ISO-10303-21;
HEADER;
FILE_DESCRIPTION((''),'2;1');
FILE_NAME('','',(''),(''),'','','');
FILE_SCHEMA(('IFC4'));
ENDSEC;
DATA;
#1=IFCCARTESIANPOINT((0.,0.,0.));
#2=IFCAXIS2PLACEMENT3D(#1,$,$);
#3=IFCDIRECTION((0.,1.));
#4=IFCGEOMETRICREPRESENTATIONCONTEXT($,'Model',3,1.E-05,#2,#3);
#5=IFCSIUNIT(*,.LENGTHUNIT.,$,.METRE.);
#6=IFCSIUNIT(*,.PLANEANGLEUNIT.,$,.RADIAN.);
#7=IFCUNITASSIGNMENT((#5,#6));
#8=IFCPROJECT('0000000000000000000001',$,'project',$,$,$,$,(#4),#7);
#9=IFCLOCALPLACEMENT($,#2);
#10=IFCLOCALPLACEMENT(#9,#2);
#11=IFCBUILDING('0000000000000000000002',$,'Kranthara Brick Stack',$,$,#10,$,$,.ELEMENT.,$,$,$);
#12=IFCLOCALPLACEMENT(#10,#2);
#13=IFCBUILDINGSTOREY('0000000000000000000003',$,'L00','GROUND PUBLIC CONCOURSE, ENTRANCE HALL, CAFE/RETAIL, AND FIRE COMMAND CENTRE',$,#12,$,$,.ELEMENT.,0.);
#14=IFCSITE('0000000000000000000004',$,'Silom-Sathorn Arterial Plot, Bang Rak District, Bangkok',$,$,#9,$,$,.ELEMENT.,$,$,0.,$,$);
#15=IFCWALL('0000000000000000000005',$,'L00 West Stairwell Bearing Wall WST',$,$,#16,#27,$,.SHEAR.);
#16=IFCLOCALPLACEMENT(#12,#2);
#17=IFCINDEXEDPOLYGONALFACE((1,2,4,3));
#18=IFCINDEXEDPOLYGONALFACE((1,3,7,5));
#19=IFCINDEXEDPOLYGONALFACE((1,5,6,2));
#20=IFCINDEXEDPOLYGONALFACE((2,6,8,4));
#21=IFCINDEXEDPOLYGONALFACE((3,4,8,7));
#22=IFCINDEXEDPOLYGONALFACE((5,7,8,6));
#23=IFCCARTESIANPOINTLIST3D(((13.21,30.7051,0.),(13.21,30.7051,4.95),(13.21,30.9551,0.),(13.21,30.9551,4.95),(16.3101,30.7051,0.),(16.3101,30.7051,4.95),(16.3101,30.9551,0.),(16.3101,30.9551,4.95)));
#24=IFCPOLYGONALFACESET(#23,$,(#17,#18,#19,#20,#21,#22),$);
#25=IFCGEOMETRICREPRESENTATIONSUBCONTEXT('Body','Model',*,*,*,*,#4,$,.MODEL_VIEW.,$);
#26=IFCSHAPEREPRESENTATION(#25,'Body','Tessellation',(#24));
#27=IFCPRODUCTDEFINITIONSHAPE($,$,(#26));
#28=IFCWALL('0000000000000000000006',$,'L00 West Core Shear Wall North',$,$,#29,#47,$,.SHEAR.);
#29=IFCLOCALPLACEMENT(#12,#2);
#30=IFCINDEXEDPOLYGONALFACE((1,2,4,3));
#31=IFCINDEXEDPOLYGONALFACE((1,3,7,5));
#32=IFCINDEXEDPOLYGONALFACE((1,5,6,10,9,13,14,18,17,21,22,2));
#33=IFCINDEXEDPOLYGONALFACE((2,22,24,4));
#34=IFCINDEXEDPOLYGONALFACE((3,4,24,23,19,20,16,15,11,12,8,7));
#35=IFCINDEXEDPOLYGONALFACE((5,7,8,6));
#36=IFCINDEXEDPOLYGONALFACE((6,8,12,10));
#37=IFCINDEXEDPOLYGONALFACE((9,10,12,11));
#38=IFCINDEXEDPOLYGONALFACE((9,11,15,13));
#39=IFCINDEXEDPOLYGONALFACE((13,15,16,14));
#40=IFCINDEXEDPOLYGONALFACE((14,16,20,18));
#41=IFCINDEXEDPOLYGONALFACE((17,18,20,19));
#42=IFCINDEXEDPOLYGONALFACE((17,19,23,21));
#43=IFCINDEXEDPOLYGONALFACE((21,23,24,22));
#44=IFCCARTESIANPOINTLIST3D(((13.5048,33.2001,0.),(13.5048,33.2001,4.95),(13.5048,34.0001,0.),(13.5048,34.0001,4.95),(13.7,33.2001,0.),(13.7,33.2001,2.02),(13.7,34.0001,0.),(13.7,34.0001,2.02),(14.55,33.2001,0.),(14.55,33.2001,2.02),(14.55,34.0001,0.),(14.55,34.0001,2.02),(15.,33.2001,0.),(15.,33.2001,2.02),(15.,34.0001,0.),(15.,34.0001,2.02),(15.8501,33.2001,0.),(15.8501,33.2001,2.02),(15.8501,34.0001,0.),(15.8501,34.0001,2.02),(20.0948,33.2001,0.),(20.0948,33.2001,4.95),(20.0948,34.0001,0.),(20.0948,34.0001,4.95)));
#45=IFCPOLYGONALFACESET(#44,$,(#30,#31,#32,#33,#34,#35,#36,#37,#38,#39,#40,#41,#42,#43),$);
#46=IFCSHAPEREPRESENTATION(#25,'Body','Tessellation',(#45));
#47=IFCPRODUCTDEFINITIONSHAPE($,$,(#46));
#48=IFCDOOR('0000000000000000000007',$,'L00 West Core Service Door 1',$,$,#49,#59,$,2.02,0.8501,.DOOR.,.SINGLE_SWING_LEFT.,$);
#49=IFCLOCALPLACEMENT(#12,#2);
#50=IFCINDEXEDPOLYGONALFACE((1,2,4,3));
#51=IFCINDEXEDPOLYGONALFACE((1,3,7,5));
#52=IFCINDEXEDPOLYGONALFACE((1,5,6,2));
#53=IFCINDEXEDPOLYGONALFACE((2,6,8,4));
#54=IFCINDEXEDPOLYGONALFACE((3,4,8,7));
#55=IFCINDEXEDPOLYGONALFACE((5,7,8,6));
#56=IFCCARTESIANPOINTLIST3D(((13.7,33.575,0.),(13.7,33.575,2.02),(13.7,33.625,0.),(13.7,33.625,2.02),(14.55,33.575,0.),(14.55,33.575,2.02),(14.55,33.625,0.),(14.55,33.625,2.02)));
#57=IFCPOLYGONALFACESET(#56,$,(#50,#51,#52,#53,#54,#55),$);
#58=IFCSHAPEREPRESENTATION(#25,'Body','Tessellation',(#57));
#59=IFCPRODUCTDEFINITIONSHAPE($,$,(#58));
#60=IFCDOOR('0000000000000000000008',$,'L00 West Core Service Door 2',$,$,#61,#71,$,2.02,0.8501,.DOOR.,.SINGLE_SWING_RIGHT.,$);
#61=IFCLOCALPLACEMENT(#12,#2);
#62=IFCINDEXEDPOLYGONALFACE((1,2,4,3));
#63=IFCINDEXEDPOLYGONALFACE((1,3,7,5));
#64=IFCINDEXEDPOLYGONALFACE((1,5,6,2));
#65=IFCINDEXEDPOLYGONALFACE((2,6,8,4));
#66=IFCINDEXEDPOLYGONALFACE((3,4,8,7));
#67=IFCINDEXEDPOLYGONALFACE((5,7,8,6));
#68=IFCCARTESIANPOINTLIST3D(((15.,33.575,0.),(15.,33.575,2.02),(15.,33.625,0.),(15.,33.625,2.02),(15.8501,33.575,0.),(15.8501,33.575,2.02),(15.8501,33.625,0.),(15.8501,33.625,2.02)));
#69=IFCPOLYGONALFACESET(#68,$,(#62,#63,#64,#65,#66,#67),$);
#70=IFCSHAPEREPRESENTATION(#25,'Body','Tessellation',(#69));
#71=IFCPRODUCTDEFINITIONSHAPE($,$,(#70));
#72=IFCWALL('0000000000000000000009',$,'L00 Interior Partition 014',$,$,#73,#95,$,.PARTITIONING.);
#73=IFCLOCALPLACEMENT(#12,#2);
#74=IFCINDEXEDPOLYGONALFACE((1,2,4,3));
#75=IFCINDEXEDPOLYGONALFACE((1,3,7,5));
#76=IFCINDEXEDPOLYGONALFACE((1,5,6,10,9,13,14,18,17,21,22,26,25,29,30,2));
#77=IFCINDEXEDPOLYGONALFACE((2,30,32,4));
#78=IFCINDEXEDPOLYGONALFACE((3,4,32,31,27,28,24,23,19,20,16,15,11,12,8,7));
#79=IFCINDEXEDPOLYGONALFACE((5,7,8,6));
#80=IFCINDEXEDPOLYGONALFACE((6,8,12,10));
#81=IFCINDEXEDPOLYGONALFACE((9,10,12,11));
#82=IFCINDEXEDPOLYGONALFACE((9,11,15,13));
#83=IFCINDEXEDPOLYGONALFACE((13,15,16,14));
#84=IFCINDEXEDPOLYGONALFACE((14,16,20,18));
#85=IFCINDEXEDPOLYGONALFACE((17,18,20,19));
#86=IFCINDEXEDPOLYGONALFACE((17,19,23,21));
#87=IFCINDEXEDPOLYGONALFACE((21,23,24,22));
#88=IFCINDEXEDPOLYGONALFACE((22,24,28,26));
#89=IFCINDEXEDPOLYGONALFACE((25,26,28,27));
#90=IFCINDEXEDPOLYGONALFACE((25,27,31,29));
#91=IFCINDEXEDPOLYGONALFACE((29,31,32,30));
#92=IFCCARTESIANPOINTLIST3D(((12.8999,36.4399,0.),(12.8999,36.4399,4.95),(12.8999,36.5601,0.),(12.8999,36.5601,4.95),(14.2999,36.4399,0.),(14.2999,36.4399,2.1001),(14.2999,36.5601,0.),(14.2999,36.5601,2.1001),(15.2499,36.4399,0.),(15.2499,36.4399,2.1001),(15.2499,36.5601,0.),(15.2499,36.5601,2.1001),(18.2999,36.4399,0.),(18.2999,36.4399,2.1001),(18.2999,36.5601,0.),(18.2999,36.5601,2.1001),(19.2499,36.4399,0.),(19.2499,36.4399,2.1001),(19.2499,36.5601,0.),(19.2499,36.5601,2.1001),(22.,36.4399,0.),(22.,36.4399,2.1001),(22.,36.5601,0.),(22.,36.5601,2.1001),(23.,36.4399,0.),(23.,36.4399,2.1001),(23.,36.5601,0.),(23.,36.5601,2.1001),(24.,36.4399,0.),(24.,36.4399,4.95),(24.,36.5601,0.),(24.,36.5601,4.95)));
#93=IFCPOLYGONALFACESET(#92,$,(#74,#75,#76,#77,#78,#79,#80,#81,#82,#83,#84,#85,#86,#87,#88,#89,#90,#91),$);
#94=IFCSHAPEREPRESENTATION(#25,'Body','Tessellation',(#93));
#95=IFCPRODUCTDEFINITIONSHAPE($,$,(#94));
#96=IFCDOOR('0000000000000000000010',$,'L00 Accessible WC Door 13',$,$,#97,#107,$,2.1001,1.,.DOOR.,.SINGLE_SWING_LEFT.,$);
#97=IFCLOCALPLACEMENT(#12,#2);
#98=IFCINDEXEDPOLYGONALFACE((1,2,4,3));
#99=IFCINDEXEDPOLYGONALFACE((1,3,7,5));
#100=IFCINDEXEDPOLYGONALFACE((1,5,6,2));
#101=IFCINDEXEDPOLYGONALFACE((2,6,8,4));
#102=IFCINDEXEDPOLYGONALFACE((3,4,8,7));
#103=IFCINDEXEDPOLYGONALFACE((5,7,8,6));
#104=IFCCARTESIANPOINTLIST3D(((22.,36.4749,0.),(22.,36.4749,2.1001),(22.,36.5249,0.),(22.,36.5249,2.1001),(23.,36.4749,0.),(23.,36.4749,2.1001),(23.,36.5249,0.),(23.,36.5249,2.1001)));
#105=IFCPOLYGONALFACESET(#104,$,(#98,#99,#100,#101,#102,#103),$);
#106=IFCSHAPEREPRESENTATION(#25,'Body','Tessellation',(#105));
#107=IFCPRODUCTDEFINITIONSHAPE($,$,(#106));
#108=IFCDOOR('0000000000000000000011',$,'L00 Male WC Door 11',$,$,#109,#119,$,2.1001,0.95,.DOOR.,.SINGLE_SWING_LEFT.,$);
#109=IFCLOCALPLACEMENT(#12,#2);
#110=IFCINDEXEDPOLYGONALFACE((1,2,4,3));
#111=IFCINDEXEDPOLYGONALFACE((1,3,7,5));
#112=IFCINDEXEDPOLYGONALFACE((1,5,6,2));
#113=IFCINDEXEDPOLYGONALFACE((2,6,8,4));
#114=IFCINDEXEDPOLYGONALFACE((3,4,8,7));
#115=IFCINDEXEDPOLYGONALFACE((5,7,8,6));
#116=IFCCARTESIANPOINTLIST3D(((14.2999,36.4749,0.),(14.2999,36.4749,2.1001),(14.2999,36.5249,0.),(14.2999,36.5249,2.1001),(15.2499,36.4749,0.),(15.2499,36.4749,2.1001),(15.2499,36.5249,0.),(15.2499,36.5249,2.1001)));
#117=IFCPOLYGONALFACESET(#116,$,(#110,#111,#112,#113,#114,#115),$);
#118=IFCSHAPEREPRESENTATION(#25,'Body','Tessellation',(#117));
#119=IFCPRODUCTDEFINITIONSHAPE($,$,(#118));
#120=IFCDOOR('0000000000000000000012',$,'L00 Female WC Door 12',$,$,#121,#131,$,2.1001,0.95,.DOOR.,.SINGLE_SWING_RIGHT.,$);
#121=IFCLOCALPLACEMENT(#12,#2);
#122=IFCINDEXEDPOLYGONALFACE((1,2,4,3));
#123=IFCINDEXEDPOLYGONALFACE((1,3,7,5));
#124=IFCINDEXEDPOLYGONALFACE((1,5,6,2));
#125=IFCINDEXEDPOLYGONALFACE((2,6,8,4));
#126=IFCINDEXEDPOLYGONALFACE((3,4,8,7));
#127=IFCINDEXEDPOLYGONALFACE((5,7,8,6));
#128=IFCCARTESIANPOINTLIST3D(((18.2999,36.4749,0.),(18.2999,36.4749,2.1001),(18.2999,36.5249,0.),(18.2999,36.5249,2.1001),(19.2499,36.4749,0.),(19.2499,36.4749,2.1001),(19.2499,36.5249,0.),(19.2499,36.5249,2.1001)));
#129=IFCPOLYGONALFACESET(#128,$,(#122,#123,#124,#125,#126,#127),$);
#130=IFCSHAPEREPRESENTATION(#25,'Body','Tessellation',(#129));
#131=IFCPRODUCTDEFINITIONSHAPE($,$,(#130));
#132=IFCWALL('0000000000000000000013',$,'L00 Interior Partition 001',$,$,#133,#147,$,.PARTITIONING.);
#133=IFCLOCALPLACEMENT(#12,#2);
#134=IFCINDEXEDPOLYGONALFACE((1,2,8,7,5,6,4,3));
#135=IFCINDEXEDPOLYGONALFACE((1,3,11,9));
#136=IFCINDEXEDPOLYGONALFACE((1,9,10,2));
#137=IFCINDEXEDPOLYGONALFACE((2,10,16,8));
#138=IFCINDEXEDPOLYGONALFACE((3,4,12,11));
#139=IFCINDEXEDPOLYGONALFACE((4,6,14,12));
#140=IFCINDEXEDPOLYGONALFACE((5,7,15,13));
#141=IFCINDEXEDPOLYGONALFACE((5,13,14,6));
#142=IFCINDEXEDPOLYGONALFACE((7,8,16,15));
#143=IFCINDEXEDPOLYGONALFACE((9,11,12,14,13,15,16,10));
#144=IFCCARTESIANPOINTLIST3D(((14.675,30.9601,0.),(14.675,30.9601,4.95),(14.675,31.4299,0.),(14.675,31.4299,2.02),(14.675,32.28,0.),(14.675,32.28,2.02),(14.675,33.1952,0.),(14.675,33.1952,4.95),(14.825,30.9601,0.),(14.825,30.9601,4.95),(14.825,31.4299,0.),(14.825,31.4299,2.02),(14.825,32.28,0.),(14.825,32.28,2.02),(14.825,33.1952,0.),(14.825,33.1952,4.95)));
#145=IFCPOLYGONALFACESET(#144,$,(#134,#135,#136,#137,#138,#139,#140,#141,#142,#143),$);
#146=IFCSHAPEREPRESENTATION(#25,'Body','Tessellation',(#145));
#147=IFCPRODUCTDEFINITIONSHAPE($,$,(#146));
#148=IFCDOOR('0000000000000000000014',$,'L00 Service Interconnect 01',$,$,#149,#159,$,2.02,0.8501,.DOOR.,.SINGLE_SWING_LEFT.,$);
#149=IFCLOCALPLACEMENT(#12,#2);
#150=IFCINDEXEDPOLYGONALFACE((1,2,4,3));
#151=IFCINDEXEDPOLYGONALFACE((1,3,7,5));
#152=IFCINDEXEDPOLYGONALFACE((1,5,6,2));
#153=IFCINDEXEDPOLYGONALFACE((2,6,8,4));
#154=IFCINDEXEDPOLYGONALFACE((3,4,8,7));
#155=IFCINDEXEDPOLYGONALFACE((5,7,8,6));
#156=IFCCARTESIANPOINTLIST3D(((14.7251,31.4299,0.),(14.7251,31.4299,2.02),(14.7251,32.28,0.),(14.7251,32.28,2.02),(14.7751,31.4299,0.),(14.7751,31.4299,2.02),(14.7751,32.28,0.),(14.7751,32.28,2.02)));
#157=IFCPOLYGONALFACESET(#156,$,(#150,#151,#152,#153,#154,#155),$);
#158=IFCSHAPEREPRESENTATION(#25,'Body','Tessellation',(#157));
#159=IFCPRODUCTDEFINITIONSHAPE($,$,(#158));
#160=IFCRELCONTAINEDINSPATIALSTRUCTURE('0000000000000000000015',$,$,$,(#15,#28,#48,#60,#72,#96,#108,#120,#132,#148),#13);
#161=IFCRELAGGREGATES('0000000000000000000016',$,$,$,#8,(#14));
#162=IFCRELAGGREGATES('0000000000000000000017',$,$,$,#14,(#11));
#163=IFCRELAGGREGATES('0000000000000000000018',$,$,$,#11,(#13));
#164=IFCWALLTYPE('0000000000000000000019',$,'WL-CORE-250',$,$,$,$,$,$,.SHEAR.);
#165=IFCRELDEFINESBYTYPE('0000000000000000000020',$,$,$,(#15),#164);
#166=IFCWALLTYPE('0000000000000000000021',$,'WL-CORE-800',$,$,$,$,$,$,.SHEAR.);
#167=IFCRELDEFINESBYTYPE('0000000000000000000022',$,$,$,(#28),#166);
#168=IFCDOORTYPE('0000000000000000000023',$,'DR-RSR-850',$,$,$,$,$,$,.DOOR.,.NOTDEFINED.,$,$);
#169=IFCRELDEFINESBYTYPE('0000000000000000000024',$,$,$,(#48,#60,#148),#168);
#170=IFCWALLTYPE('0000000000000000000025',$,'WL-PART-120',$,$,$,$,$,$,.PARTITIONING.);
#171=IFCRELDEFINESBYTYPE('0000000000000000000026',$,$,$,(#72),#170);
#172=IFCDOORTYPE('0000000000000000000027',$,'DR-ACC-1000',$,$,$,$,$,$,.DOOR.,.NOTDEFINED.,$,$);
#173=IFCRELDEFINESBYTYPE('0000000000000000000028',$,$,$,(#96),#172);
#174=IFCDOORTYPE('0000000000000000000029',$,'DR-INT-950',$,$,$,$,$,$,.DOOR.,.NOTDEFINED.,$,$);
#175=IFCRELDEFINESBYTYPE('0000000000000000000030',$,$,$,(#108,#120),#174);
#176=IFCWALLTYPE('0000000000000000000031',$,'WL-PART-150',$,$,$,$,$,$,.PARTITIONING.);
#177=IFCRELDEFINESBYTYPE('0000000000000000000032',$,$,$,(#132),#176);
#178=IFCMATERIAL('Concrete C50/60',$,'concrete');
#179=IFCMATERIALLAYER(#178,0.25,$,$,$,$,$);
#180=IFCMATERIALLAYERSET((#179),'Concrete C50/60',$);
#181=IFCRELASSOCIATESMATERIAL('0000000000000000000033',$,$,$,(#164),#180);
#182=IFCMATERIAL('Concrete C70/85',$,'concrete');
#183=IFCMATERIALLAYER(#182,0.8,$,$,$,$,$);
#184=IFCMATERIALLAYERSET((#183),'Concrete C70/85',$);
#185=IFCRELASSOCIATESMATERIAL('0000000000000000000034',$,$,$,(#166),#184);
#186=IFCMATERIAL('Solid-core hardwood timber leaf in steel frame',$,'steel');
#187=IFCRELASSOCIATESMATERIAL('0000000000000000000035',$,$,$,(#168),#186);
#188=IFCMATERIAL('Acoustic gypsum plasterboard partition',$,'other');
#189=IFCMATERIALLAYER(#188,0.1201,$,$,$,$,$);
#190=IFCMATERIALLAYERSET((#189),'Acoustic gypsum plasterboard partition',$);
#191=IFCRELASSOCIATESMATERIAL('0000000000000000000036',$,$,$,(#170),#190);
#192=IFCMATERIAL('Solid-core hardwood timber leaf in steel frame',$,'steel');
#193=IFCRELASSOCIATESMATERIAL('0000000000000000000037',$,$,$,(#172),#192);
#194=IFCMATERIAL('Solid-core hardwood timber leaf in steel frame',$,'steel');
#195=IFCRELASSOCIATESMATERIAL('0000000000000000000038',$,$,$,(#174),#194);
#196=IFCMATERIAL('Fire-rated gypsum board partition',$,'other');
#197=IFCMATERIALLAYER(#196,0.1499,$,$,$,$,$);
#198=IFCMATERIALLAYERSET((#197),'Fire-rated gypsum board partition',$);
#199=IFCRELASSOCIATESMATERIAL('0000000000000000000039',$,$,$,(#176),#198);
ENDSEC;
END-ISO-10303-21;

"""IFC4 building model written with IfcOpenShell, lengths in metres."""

from ifc_helpers import new_model, si_unit, direction, frame, frame_2d, origin, place, context, subcontext, project, spatial, rectangle, extrude, material, layer, layer_set, type_object, element, fill, save


model = new_model("IFC4")

# Units and contexts
model_context = context("Model", 3, precision=1e-05, world=origin(), true_north=direction((0.0, 1.0)))
body_context = subcontext(model_context, "Body", "Model", "MODEL_VIEW")
ifc_project = project(units=[si_unit("LENGTHUNIT", "METRE"), si_unit("PLANEANGLEUNIT", "RADIAN")], contexts=[model_context])

# Site, building, storey
site_placement = place(None, origin())
site = spatial("IfcSite", under=ifc_project, at=site_placement, Name="Silom-Sathorn Arterial Plot, Bang Rak District, Bangkok", CompositionType="ELEMENT", RefElevation=0.0)
building_placement = place(site_placement, origin())
building = spatial("IfcBuilding", under=site, at=building_placement, Name="Kranthara Brick Stack", CompositionType="ELEMENT")
storey_placement = place(building_placement, origin())
storey = spatial("IfcBuildingStorey", under=building, at=storey_placement, Name="L00", Description="GROUND PUBLIC CONCOURSE, ENTRANCE HALL, CAFE/RETAIL, AND FIRE COMMAND CENTRE", CompositionType="ELEMENT", Elevation=0.0)

# Wall
ifc_material_1 = material(Name="Concrete C50/60", Category="concrete")
ifc_layer_1 = layer(ifc_material_1, 0.25)
ifc_layer_set_1 = layer_set([ifc_layer_1], Name="Concrete C50/60")
wall_type_1 = type_object("IfcWallType", Name="WL-CORE-250", PredefinedType="SHEAR", material=ifc_layer_set_1)
wall_1_placement = place(storey_placement, frame((13.21, 30.8301, 0.0), z_axis=(0.0, 0.0, 1.0), x_axis=(1.0, 0.0, 0.0)))
element("IfcWall", 1, at=wall_1_placement, inside=storey, type_object=wall_type_1, Name="L00 West Stairwell Bearing Wall WST", PredefinedType="SHEAR", context=body_context, shape_type="SweptSolid", body=[
    extrude(rectangle(XDim=3.1001, YDim=0.25, at=frame_2d((1.55, 0.0))), origin(), (0.0, 0.0, 1.0), 4.95),
])

# Walls, openings, doors
ifc_material_2 = material(Name="Concrete C70/85", Category="concrete")
ifc_layer_2 = layer(ifc_material_2, 0.8)
ifc_layer_set_2 = layer_set([ifc_layer_2], Name="Concrete C70/85")
wall_type_2 = type_object("IfcWallType", Name="WL-CORE-800", PredefinedType="SHEAR", material=ifc_layer_set_2)
wall_2_placement = place(storey_placement, frame((13.5049, 33.6001, 0.0), z_axis=(0.0, 0.0, 1.0), x_axis=(1.0, 0.0, 0.0)))
wall_2 = element("IfcWall", 2, at=wall_2_placement, inside=storey, type_object=wall_type_2, Name="L00 West Core Shear Wall North", PredefinedType="SHEAR", context=body_context, shape_type="SweptSolid", body=[
    extrude(rectangle(XDim=6.5901, YDim=0.8, at=frame_2d((3.2949, 0.0))), origin(), (0.0, 0.0, 1.0), 4.95),
])
opening_1_placement = place(wall_2_placement, frame((0.1951, 0.0, 0.0)))
opening_1 = element("IfcOpeningElement", 3, at=opening_1_placement, cuts=wall_2, PredefinedType="OPENING", context=body_context, shape_type="SweptSolid", body=[
    extrude(rectangle(XDim=0.8501, YDim=2.02, at=frame_2d((0.425, 1.01))), frame((0.0, 0.4099, 0.0), z_axis=(0.0, -1.0, 0.0), x_axis=(1.0, 0.0, 0.0)), (0.0, 0.0, 1.0), 0.8201),
])
opening_2_placement = place(wall_2_placement, frame((1.4951, 0.0, 0.0)))
opening_2 = element("IfcOpeningElement", 4, at=opening_2_placement, cuts=wall_2, PredefinedType="OPENING", context=body_context, shape_type="SweptSolid", body=[
    extrude(rectangle(XDim=0.8501, YDim=2.02, at=frame_2d((0.425, 1.01))), frame((0.0, 0.4099, 0.0), z_axis=(0.0, -1.0, 0.0), x_axis=(1.0, 0.0, 0.0)), (0.0, 0.0, 1.0), 0.8201),
])
ifc_material_3 = material(Name="Solid-core hardwood timber leaf in steel frame", Category="steel")
door_type_1 = type_object("IfcDoorType", Name="DR-RSR-850", OperationType="NOTDEFINED", PredefinedType="DOOR", material=ifc_material_3)
door_1_placement = place(opening_1_placement, origin())
door_1 = element("IfcDoor", 5, at=door_1_placement, inside=storey, type_object=door_type_1, Name="L00 West Core Service Door 1", OperationType="SINGLE_SWING_LEFT", OverallHeight=2.02, OverallWidth=0.8501, PredefinedType="DOOR", context=body_context, shape_type="SweptSolid", body=[
    extrude(rectangle(XDim=0.8501, YDim=2.02, at=frame_2d((0.425, 1.01))), frame((0.0, 0.0249, 0.0), z_axis=(0.0, -1.0, 0.0), x_axis=(1.0, 0.0, 0.0)), (0.0, 0.0, 1.0), 0.05),
])
fill(opening_1, door_1)
door_2_placement = place(opening_2_placement, origin())
door_2 = element("IfcDoor", 6, at=door_2_placement, inside=storey, type_object=door_type_1, Name="L00 West Core Service Door 2", OperationType="SINGLE_SWING_RIGHT", OverallHeight=2.02, OverallWidth=0.8501, PredefinedType="DOOR", context=body_context, shape_type="SweptSolid", body=[
    extrude(rectangle(XDim=0.8501, YDim=2.02, at=frame_2d((0.425, 1.01))), frame((0.0, 0.0249, 0.0), z_axis=(0.0, -1.0, 0.0), x_axis=(1.0, 0.0, 0.0)), (0.0, 0.0, 1.0), 0.05),
])
fill(opening_2, door_2)
ifc_material_4 = material(Name="Acoustic gypsum plasterboard partition", Category="other")
ifc_layer_3 = layer(ifc_material_4, 0.1201)
ifc_layer_set_3 = layer_set([ifc_layer_3], Name="Acoustic gypsum plasterboard partition")
wall_type_3 = type_object("IfcWallType", Name="WL-PART-120", PredefinedType="PARTITIONING", material=ifc_layer_set_3)
wall_3_placement = place(storey_placement, frame((12.8999, 36.5, 0.0), z_axis=(0.0, 0.0, 1.0), x_axis=(1.0, 0.0, 0.0)))
wall_3 = element("IfcWall", 7, at=wall_3_placement, inside=storey, type_object=wall_type_3, Name="L00 Interior Partition 014", PredefinedType="PARTITIONING", context=body_context, shape_type="SweptSolid", body=[
    extrude(rectangle(XDim=11.1001, YDim=0.1201, at=frame_2d((5.55, 0.0))), origin(), (0.0, 0.0, 1.0), 4.95),
])
opening_3_placement = place(wall_3_placement, frame((1.3999, 0.0, 0.0)))
opening_3 = element("IfcOpeningElement", 8, at=opening_3_placement, cuts=wall_3, PredefinedType="OPENING", context=body_context, shape_type="SweptSolid", body=[
    extrude(rectangle(XDim=0.95, YDim=2.1001, at=frame_2d((0.4751, 1.05))), frame((0.0, 0.0701, 0.0), z_axis=(0.0, -1.0, 0.0), x_axis=(1.0, 0.0, 0.0)), (0.0, 0.0, 1.0), 0.1401),
])
opening_4_placement = place(wall_3_placement, frame((5.3999, 0.0, 0.0)))
opening_4 = element("IfcOpeningElement", 9, at=opening_4_placement, cuts=wall_3, PredefinedType="OPENING", context=body_context, shape_type="SweptSolid", body=[
    extrude(rectangle(XDim=0.95, YDim=2.1001, at=frame_2d((0.4751, 1.05))), frame((0.0, 0.0701, 0.0), z_axis=(0.0, -1.0, 0.0), x_axis=(1.0, 0.0, 0.0)), (0.0, 0.0, 1.0), 0.1401),
])
opening_5_placement = place(wall_3_placement, frame((9.1001, 0.0, 0.0)))
opening_5 = element("IfcOpeningElement", 10, at=opening_5_placement, cuts=wall_3, PredefinedType="OPENING", context=body_context, shape_type="SweptSolid", body=[
    extrude(rectangle(XDim=1.0, YDim=2.1001, at=frame_2d((0.5, 1.05))), frame((0.0, 0.0701, 0.0), z_axis=(0.0, -1.0, 0.0), x_axis=(1.0, 0.0, 0.0)), (0.0, 0.0, 1.0), 0.1401),
])
ifc_material_5 = material(Name="Solid-core hardwood timber leaf in steel frame", Category="steel")
door_type_2 = type_object("IfcDoorType", Name="DR-ACC-1000", OperationType="NOTDEFINED", PredefinedType="DOOR", material=ifc_material_5)
door_3_placement = place(opening_5_placement, origin())
door_3 = element("IfcDoor", 11, at=door_3_placement, inside=storey, type_object=door_type_2, Name="L00 Accessible WC Door 13", OperationType="SINGLE_SWING_LEFT", OverallHeight=2.1001, OverallWidth=1.0, PredefinedType="DOOR", context=body_context, shape_type="SweptSolid", body=[
    extrude(rectangle(XDim=1.0, YDim=2.1001, at=frame_2d((0.5, 1.05))), frame((0.0, 0.0249, 0.0), z_axis=(0.0, -1.0, 0.0), x_axis=(1.0, 0.0, 0.0)), (0.0, 0.0, 1.0), 0.05),
])
fill(opening_5, door_3)
ifc_material_6 = material(Name="Solid-core hardwood timber leaf in steel frame", Category="steel")
door_type_3 = type_object("IfcDoorType", Name="DR-INT-950", OperationType="NOTDEFINED", PredefinedType="DOOR", material=ifc_material_6)
door_4_placement = place(opening_3_placement, origin())
door_4 = element("IfcDoor", 12, at=door_4_placement, inside=storey, type_object=door_type_3, Name="L00 Male WC Door 11", OperationType="SINGLE_SWING_LEFT", OverallHeight=2.1001, OverallWidth=0.95, PredefinedType="DOOR", context=body_context, shape_type="SweptSolid", body=[
    extrude(rectangle(XDim=0.95, YDim=2.1001, at=frame_2d((0.4751, 1.05))), frame((0.0, 0.0249, 0.0), z_axis=(0.0, -1.0, 0.0), x_axis=(1.0, 0.0, 0.0)), (0.0, 0.0, 1.0), 0.05),
])
fill(opening_3, door_4)
door_5_placement = place(opening_4_placement, origin())
door_5 = element("IfcDoor", 13, at=door_5_placement, inside=storey, type_object=door_type_3, Name="L00 Female WC Door 12", OperationType="SINGLE_SWING_RIGHT", OverallHeight=2.1001, OverallWidth=0.95, PredefinedType="DOOR", context=body_context, shape_type="SweptSolid", body=[
    extrude(rectangle(XDim=0.95, YDim=2.1001, at=frame_2d((0.4751, 1.05))), frame((0.0, 0.0249, 0.0), z_axis=(0.0, -1.0, 0.0), x_axis=(1.0, 0.0, 0.0)), (0.0, 0.0, 1.0), 0.05),
])
fill(opening_4, door_5)

# Wall, opening, door
ifc_material_7 = material(Name="Fire-rated gypsum board partition", Category="other")
ifc_layer_4 = layer(ifc_material_7, 0.1499)
ifc_layer_set_4 = layer_set([ifc_layer_4], Name="Fire-rated gypsum board partition")
wall_type_4 = type_object("IfcWallType", Name="WL-PART-150", PredefinedType="PARTITIONING", material=ifc_layer_set_4)
wall_4_placement = place(storey_placement, frame((14.75, 30.96, 0.0), z_axis=(0.0, 0.0, 1.0), x_axis=(0.0, 1.0, 0.0)))
wall_4 = element("IfcWall", 14, at=wall_4_placement, inside=storey, type_object=wall_type_4, Name="L00 Interior Partition 001", PredefinedType="PARTITIONING", context=body_context, shape_type="SweptSolid", body=[
    extrude(rectangle(XDim=2.2351, YDim=0.1499, at=frame_2d((1.1177, 0.0))), origin(), (0.0, 0.0, 1.0), 4.95),
])
opening_6_placement = place(wall_4_placement, frame((0.47, 0.0, 0.0)))
opening_6 = element("IfcOpeningElement", 15, at=opening_6_placement, cuts=wall_4, PredefinedType="OPENING", context=body_context, shape_type="SweptSolid", body=[
    extrude(rectangle(XDim=0.8501, YDim=2.02, at=frame_2d((0.425, 1.01))), frame((0.0, 0.085, 0.0), z_axis=(0.0, -1.0, 0.0), x_axis=(1.0, 0.0, 0.0)), (0.0, 0.0, 1.0), 0.1699),
])
door_6_placement = place(opening_6_placement, origin())
door_6 = element("IfcDoor", 16, at=door_6_placement, inside=storey, type_object=door_type_1, Name="L00 Service Interconnect 01", OperationType="SINGLE_SWING_LEFT", OverallHeight=2.02, OverallWidth=0.8501, PredefinedType="DOOR", context=body_context, shape_type="SweptSolid", body=[
    extrude(rectangle(XDim=0.8501, YDim=2.02, at=frame_2d((0.425, 1.01))), frame((0.0, 0.0249, 0.0), z_axis=(0.0, -1.0, 0.0), x_axis=(1.0, 0.0, 0.0)), (0.0, 0.0, 1.0), 0.05),
])
fill(opening_6, door_6)

save(model, "model.ifc")
